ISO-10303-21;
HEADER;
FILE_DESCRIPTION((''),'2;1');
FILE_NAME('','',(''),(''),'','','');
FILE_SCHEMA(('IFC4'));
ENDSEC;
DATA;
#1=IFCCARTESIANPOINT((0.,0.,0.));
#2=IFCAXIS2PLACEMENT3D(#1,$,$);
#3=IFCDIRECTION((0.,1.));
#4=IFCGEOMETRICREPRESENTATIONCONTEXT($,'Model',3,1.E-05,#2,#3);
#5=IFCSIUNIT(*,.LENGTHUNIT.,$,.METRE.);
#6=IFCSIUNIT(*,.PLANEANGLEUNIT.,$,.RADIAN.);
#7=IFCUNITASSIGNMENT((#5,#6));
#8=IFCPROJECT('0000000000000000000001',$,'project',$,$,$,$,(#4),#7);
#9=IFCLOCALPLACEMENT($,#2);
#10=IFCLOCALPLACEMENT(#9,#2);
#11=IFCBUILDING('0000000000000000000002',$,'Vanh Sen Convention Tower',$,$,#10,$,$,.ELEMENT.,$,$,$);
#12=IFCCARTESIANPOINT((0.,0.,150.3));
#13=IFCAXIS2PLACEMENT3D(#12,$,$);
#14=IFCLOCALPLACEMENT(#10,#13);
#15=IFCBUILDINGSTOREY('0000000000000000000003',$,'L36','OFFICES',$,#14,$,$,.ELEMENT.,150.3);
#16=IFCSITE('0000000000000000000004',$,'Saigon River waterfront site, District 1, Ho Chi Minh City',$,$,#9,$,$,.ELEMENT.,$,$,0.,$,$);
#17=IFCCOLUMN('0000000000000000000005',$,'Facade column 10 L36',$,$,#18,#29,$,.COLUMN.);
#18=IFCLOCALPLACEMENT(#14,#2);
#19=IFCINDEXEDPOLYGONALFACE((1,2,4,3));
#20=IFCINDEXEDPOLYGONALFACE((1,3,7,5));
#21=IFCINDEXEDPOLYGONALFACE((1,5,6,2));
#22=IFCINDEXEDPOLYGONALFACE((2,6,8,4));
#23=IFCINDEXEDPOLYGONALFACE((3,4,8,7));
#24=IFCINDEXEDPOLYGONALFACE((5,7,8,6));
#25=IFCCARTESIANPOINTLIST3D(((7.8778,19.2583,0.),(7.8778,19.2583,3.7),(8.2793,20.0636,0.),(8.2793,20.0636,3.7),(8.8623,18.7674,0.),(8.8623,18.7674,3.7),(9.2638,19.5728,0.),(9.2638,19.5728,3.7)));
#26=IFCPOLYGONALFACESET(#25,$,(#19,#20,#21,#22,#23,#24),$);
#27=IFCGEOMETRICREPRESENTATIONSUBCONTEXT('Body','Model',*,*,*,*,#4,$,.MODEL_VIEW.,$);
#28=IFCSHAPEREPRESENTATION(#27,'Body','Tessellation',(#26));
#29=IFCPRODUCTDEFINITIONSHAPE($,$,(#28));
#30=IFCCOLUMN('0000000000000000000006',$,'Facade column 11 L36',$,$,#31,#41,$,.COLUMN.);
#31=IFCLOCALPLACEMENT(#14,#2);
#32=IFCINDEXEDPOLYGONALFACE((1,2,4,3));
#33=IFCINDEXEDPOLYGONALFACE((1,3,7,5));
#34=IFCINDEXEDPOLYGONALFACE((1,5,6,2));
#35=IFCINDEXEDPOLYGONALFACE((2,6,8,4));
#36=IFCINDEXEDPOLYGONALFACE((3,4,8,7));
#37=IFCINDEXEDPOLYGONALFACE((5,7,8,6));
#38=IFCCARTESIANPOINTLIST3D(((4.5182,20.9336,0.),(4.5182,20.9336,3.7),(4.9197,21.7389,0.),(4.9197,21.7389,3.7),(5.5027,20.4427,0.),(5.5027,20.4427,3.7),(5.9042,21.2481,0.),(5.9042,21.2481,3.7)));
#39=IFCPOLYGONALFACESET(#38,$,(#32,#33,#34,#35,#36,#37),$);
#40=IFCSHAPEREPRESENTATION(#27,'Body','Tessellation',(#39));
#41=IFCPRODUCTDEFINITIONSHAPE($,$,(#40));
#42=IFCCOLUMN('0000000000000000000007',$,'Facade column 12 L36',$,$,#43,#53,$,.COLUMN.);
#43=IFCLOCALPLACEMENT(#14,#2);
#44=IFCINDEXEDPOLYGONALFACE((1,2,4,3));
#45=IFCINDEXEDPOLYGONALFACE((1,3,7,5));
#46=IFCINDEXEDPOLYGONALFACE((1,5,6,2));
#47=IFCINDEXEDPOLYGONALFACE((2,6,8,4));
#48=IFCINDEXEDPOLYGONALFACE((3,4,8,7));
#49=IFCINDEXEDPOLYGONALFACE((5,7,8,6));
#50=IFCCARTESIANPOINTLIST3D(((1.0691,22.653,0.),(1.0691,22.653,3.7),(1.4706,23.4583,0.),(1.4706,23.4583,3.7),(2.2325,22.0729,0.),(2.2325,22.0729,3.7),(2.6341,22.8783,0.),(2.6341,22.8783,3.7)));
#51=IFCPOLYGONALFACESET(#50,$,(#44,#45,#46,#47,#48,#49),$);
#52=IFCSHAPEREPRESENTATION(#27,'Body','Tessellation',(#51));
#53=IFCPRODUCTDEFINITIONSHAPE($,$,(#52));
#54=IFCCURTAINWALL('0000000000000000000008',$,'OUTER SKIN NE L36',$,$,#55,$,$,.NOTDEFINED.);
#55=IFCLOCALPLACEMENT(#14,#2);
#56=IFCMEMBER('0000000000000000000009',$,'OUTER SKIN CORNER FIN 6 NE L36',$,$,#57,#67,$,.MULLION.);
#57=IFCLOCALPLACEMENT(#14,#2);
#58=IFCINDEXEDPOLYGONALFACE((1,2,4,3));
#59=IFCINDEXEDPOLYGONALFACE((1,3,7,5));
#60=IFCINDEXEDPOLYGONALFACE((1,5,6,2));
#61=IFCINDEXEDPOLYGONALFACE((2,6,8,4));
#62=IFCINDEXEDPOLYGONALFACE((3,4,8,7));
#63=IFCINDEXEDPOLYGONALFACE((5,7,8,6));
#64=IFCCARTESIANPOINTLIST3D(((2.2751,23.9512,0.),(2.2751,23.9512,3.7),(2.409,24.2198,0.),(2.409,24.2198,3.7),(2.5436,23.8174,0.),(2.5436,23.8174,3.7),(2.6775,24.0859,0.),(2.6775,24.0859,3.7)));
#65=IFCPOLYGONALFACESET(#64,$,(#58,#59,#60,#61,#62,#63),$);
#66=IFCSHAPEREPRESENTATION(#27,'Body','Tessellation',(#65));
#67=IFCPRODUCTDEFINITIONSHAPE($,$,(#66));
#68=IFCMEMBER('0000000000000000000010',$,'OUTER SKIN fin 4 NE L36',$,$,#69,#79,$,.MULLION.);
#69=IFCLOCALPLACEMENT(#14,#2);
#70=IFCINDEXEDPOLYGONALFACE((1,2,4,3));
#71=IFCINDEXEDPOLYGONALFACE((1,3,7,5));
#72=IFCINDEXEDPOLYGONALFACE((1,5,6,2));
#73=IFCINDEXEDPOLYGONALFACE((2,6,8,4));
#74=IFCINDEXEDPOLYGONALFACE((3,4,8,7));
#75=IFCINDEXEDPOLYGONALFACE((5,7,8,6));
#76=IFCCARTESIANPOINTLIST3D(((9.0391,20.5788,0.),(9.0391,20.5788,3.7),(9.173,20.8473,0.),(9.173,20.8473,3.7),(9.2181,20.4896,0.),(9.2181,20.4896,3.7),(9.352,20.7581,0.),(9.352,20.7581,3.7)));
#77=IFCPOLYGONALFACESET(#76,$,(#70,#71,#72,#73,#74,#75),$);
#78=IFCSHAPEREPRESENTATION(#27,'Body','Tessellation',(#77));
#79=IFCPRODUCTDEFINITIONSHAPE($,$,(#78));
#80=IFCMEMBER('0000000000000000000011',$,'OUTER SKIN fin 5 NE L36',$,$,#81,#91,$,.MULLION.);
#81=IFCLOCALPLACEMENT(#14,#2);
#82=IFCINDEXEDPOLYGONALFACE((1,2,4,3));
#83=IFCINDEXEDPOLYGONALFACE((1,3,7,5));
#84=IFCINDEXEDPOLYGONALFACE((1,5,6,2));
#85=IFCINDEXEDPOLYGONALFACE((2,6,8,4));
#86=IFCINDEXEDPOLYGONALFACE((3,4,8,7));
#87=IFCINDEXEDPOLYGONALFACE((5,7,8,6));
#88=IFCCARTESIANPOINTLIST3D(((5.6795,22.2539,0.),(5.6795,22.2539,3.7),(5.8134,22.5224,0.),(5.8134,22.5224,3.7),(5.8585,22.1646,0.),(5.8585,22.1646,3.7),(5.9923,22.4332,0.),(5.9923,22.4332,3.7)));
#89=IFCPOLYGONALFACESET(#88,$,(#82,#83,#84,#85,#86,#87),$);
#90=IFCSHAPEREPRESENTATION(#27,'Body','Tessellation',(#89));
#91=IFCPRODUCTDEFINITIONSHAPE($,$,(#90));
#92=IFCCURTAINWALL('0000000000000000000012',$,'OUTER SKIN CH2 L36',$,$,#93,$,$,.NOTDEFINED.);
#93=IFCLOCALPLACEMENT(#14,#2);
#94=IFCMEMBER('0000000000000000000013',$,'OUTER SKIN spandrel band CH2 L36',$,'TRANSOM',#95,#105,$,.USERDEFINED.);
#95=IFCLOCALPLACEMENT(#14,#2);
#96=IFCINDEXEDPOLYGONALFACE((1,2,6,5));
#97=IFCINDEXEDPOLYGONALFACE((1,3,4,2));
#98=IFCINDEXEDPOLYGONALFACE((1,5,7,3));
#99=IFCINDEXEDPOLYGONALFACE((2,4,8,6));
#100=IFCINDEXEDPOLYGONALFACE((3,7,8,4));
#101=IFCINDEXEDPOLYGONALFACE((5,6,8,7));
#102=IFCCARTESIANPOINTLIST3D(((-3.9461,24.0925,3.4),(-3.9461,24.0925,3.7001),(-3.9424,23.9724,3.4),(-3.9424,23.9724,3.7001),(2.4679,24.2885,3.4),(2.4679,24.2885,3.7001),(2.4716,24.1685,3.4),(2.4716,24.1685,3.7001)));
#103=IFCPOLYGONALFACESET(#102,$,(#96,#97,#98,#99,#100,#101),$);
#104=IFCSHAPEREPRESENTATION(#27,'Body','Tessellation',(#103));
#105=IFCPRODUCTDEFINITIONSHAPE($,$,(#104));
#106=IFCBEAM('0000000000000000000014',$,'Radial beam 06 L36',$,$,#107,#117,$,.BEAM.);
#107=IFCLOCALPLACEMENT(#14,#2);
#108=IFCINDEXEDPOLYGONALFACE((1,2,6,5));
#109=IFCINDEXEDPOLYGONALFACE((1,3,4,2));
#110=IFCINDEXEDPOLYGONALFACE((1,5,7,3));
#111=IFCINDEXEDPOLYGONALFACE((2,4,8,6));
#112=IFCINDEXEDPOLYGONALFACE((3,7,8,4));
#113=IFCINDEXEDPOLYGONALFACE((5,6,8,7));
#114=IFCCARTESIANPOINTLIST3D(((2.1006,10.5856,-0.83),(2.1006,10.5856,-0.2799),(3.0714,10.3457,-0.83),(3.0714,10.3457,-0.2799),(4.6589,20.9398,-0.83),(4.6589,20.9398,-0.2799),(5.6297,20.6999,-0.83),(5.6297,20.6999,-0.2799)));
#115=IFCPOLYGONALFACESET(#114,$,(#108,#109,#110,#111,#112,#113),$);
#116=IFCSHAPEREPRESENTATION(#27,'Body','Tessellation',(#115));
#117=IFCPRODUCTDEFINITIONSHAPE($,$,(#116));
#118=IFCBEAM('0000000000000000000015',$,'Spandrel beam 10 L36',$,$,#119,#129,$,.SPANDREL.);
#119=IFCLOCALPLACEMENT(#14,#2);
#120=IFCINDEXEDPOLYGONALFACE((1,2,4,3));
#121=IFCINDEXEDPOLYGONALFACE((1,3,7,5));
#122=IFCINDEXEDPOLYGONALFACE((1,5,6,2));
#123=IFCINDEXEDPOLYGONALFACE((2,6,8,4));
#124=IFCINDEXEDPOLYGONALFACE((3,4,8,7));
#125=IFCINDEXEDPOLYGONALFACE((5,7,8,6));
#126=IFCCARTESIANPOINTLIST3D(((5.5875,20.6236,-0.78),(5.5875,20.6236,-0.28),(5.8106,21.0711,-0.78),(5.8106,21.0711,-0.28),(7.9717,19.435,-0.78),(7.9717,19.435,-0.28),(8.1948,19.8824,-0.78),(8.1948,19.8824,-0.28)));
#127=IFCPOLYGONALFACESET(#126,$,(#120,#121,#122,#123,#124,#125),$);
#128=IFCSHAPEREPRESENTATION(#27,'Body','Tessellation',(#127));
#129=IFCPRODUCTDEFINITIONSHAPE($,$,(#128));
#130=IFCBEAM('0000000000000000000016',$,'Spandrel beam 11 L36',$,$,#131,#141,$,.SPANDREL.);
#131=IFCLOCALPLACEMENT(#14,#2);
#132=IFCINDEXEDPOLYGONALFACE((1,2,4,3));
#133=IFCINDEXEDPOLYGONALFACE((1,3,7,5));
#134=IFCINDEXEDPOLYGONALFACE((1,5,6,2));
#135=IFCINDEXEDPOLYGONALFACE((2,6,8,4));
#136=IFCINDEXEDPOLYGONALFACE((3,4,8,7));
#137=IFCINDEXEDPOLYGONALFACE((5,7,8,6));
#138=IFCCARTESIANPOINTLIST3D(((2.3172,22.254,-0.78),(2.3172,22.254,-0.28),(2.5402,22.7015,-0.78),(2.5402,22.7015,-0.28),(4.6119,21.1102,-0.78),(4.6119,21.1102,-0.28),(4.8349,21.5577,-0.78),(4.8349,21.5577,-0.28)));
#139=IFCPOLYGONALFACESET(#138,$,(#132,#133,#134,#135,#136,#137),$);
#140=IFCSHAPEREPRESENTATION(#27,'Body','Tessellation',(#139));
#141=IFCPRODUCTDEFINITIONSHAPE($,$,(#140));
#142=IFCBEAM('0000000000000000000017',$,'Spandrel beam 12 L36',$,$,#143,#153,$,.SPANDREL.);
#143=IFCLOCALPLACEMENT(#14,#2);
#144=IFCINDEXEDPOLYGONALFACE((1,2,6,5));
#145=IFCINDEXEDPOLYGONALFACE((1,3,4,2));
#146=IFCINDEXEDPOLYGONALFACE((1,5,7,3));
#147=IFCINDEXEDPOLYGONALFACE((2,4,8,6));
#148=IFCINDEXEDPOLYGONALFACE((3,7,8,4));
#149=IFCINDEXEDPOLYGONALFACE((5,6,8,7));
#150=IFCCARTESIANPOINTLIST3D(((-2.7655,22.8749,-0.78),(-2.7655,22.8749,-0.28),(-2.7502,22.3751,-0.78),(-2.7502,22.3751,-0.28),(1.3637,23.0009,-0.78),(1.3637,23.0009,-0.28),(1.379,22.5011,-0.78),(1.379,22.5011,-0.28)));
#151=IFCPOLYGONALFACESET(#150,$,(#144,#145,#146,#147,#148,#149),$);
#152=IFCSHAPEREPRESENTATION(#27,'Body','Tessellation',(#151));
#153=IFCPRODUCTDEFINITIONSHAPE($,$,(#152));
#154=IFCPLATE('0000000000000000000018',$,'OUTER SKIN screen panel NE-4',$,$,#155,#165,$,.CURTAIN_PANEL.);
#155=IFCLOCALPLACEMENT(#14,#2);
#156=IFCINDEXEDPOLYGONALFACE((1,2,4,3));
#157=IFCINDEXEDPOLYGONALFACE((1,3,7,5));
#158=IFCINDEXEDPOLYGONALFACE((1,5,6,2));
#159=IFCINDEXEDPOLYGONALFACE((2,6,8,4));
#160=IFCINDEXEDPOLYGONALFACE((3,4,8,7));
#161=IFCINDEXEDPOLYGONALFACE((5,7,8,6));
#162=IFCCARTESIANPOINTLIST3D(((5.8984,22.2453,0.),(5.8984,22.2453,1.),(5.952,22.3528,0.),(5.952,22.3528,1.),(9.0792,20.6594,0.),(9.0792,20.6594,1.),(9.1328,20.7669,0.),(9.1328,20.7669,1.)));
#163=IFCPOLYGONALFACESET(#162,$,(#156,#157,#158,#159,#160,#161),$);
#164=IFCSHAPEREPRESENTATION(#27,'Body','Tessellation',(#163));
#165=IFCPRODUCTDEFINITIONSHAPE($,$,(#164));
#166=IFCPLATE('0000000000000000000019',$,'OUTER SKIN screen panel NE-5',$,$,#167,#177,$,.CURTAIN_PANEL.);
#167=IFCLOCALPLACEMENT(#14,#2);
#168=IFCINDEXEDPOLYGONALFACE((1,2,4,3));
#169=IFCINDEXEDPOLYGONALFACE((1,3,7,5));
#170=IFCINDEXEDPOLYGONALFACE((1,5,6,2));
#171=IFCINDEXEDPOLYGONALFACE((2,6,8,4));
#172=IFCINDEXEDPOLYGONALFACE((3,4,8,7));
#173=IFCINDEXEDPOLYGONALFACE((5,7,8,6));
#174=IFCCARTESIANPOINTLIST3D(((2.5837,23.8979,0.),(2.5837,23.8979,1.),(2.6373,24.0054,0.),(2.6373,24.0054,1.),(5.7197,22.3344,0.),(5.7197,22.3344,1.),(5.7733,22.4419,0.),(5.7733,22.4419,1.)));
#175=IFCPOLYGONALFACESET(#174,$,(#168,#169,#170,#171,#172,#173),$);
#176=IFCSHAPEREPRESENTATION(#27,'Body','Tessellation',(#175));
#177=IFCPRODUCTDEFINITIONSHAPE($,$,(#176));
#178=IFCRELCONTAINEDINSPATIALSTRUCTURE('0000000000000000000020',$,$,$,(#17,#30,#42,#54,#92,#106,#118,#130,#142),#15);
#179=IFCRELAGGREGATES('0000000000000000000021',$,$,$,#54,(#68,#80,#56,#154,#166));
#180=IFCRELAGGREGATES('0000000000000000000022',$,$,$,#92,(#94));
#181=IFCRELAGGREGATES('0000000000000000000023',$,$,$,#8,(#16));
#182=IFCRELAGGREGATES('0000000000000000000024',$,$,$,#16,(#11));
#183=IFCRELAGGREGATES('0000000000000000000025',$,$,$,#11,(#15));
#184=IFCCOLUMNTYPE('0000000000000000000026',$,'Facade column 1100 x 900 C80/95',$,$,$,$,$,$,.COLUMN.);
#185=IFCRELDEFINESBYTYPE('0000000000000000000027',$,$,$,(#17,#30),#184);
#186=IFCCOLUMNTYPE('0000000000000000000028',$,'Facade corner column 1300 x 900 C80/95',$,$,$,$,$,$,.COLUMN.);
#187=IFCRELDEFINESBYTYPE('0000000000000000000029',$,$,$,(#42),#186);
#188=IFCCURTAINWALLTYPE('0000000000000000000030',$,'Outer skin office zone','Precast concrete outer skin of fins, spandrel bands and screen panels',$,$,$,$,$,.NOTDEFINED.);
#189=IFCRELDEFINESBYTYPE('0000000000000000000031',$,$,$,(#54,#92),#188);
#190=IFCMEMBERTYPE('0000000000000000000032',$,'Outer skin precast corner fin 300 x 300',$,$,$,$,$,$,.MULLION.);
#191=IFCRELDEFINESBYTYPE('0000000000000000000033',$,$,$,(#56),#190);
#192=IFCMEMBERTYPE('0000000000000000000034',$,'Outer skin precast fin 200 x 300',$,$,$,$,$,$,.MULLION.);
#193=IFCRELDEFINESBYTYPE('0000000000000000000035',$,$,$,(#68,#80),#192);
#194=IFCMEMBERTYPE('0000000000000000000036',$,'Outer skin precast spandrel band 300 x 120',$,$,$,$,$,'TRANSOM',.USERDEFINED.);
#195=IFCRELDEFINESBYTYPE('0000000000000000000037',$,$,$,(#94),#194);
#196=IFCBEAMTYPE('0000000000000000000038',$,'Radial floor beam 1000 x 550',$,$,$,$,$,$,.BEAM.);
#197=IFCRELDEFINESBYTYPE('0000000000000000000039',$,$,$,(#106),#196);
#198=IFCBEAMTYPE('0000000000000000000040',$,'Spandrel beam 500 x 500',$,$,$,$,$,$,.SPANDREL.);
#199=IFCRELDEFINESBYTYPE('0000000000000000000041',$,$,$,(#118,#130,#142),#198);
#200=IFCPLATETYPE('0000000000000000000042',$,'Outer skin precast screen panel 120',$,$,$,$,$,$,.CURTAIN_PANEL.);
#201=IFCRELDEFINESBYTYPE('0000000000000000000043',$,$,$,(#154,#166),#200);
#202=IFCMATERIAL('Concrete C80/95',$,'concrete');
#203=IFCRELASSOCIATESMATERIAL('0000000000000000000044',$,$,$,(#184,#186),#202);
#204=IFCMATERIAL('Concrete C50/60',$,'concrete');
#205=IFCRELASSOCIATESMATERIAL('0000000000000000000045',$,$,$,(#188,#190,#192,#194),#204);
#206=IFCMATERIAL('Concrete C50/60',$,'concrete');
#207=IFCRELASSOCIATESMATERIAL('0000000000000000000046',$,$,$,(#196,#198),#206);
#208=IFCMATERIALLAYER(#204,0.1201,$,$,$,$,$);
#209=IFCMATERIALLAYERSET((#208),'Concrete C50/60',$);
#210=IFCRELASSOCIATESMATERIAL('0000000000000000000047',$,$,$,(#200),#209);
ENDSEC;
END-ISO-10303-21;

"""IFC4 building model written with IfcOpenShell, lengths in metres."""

from ifc_helpers import new_model, si_unit, direction, frame, origin, origin_2d, place, context, subcontext, project, spatial, rectangle, extrude, material, layer, layer_set, material_profile, profile_set, type_object, element, aggregate, save


model = new_model("IFC4")

# Units and contexts
model_context = context("Model", 3, precision=1e-05, world=origin(), true_north=direction((0.0, 1.0)))
body_context = subcontext(model_context, "Body", "Model", "MODEL_VIEW")
ifc_project = project(units=[si_unit("LENGTHUNIT", "METRE"), si_unit("PLANEANGLEUNIT", "RADIAN")], contexts=[model_context])

# Site, building, storey
site_placement = place(None, origin())
site = spatial("IfcSite", under=ifc_project, at=site_placement, Name="Saigon River waterfront site, District 1, Ho Chi Minh City", CompositionType="ELEMENT", RefElevation=0.0)
building_placement = place(site_placement, origin())
building = spatial("IfcBuilding", under=site, at=building_placement, Name="Vanh Sen Convention Tower", CompositionType="ELEMENT")
storey_placement = place(building_placement, frame((0.0, 0.0, 150.3)))
storey = spatial("IfcBuildingStorey", under=building, at=storey_placement, Name="L36", Description="OFFICES", CompositionType="ELEMENT", Elevation=150.3)

# Columns
ifc_material_1 = material(Name="Concrete C80/95", Category="concrete")
ifc_material_profile_1 = material_profile(ifc_material_1, rectangle(XDim=1.1001, YDim=0.8999, at=origin_2d()), Name="RC 1100X900")
ifc_profile_set_1 = profile_set([ifc_material_profile_1], Name="Concrete C80/95")
column_type_1 = type_object("IfcColumnType", Name="Facade column 1100 x 900 C80/95", PredefinedType="COLUMN", material=ifc_profile_set_1)
for number, where, z_axis, x_axis, name in (
    (1, (8.5708, 19.4155, 0.0), (0.0, 0.0, 1.0), (-0.894934, 0.446198, 0.0), "Facade column 10 L36"),
    (2, (5.2112, 21.0908, 0.0), (0.0, 0.0, 1.0), (-0.894934, 0.446198, 0.0), "Facade column 11 L36"),
):
    element("IfcColumn", number, at=place(storey_placement, frame(where, z_axis=z_axis, x_axis=x_axis)), inside=storey, type_object=column_type_1, Name=name, PredefinedType="COLUMN", context=body_context, shape_type="SweptSolid", body=[
        extrude(rectangle(XDim=1.1001, YDim=0.8999, at=origin_2d()), origin(), (0.0, 0.0, 1.0), 3.7),
    ])
ifc_material_profile_2 = material_profile(ifc_material_1, rectangle(XDim=1.3, YDim=0.8999, at=origin_2d()), Name="RC 1300X900")
ifc_profile_set_2 = profile_set([ifc_material_profile_2], Name="Concrete C80/95")
column_type_2 = type_object("IfcColumnType", Name="Facade corner column 1300 x 900 C80/95", PredefinedType="COLUMN", material=ifc_profile_set_2)
column_placement = place(storey_placement, frame((1.8516, 22.7656, 0.0), z_axis=(0.0, 0.0, 1.0), x_axis=(-0.894934, 0.446198, 0.0)))
element("IfcColumn", 3, at=column_placement, inside=storey, type_object=column_type_2, Name="Facade column 12 L36", PredefinedType="COLUMN", context=body_context, shape_type="SweptSolid", body=[
    extrude(rectangle(XDim=1.3, YDim=0.8999, at=origin_2d()), origin(), (0.0, 0.0, 1.0), 3.7),
])

# Curtain wall, members
ifc_material_2 = material(Name="Concrete C50/60", Category="concrete")
curtain_wall_type = type_object("IfcCurtainWallType", Name="Outer skin office zone", Description="Precast concrete outer skin of fins, spandrel bands and screen panels", PredefinedType="NOTDEFINED", material=ifc_material_2)
curtain_wall_1_placement = place(storey_placement, origin())
curtain_wall_1 = element("IfcCurtainWall", 4, at=curtain_wall_1_placement, inside=storey, type_object=curtain_wall_type, Name="OUTER SKIN NE L36", PredefinedType="NOTDEFINED")
ifc_material_profile_3 = material_profile(ifc_material_2, rectangle(XDim=0.3, YDim=0.3, at=origin_2d()), Name="Outer skin precast corner fin 300 x 300")
ifc_profile_set_3 = profile_set([ifc_material_profile_3], Name="Concrete C50/60")
member_type_1 = type_object("IfcMemberType", Name="Outer skin precast corner fin 300 x 300", PredefinedType="MULLION", material=ifc_profile_set_3)
member_1_placement = place(storey_placement, frame((2.4763, 24.0186, 0.0), z_axis=(0.0, 0.0, 1.0), x_axis=(-0.894934, 0.446198, 0.0)))
member_1 = element("IfcMember", 5, at=member_1_placement, type_object=member_type_1, Name="OUTER SKIN CORNER FIN 6 NE L36", PredefinedType="MULLION", context=body_context, shape_type="SweptSolid", body=[
    extrude(rectangle(XDim=0.3, YDim=0.3, at=origin_2d()), origin(), (0.0, 0.0, 1.0), 3.7),
])
ifc_material_profile_4 = material_profile(ifc_material_2, rectangle(XDim=0.2, YDim=0.3, at=origin_2d()), Name="Outer skin precast fin 200 x 300")
ifc_profile_set_4 = profile_set([ifc_material_profile_4], Name="Concrete C50/60")
member_type_2 = type_object("IfcMemberType", Name="Outer skin precast fin 200 x 300", PredefinedType="MULLION", material=ifc_profile_set_4)
member_2_placement = place(storey_placement, frame((9.1956, 20.6685, 0.0), z_axis=(0.0, 0.0, 1.0), x_axis=(-0.894934, 0.446198, 0.0)))
member_2 = element("IfcMember", 6, at=member_2_placement, type_object=member_type_2, Name="OUTER SKIN fin 4 NE L36", PredefinedType="MULLION", context=body_context, shape_type="SweptSolid", body=[
    extrude(rectangle(XDim=0.2, YDim=0.3, at=origin_2d()), origin(), (0.0, 0.0, 1.0), 3.7),
])
member_3_placement = place(storey_placement, frame((5.8359, 22.3435, 0.0), z_axis=(0.0, 0.0, 1.0), x_axis=(-0.894934, 0.446198, 0.0)))
member_3 = element("IfcMember", 7, at=member_3_placement, type_object=member_type_2, Name="OUTER SKIN fin 5 NE L36", PredefinedType="MULLION", context=body_context, shape_type="SweptSolid", body=[
    extrude(rectangle(XDim=0.2, YDim=0.3, at=origin_2d()), origin(), (0.0, 0.0, 1.0), 3.7),
])

# Curtain wall, member
curtain_wall_2_placement = place(storey_placement, origin())
curtain_wall_2 = element("IfcCurtainWall", 8, at=curtain_wall_2_placement, inside=storey, type_object=curtain_wall_type, Name="OUTER SKIN CH2 L36", PredefinedType="NOTDEFINED")
ifc_material_profile_5 = material_profile(ifc_material_2, rectangle(XDim=0.1201, YDim=0.3, at=origin_2d()), Name="Outer skin precast spandrel band 300 x 120")
ifc_profile_set_5 = profile_set([ifc_material_profile_5], Name="Concrete C50/60")
member_type_3 = type_object("IfcMemberType", Name="Outer skin precast spandrel band 300 x 120", ElementType="TRANSOM", PredefinedType="USERDEFINED", material=ifc_profile_set_5)
member_4_placement = place(storey_placement, frame((2.4697, 24.2285, 3.55), z_axis=(-0.999533, -0.030551, 0.0), x_axis=(0.030551, -0.999533, 0.0)))
member_4 = element("IfcMember", 9, at=member_4_placement, type_object=member_type_3, Name="OUTER SKIN spandrel band CH2 L36", ObjectType="TRANSOM", PredefinedType="USERDEFINED", context=body_context, shape_type="SweptSolid", body=[
    extrude(rectangle(XDim=0.1201, YDim=0.3, at=origin_2d()), origin(), (0.0, 0.0, 1.0), 6.417),
])

# Beams
ifc_material_3 = material(Name="Concrete C50/60", Category="concrete")
ifc_material_profile_6 = material_profile(ifc_material_3, rectangle(XDim=1.0, YDim=0.55, at=origin_2d()), Name="RC 1000X550")
ifc_profile_set_6 = profile_set([ifc_material_profile_6], Name="Concrete C50/60")
beam_type_1 = type_object("IfcBeamType", Name="Radial floor beam 1000 x 550", PredefinedType="BEAM", material=ifc_profile_set_6)
beam_1_placement = place(storey_placement, frame((5.1443, 20.8198, -0.5549), z_axis=(-0.239869, -0.970805, 0.0), x_axis=(0.970805, -0.239869, 0.0)))
element("IfcBeam", 10, at=beam_1_placement, inside=storey, type_object=beam_type_1, Name="Radial beam 06 L36", PredefinedType="BEAM", context=body_context, shape_type="SweptSolid", body=[
    extrude(rectangle(XDim=1.0, YDim=0.55, at=origin_2d()), origin(), (0.0, 0.0, 1.0), 10.6655),
])
ifc_material_profile_7 = material_profile(ifc_material_3, rectangle(XDim=0.5, YDim=0.5, at=origin_2d()), Name="RC 500X500")
ifc_profile_set_7 = profile_set([ifc_material_profile_7], Name="Concrete C50/60")
beam_type_2 = type_object("IfcBeamType", Name="Spandrel beam 500 x 500", PredefinedType="SPANDREL", material=ifc_profile_set_7)
beam_2_placement = place(storey_placement, frame((8.0833, 19.6587, -0.53), z_axis=(-0.89494, 0.446187, 0.0), x_axis=(-0.446187, -0.89494, 0.0)))
element("IfcBeam", 11, at=beam_2_placement, inside=storey, type_object=beam_type_2, Name="Spandrel beam 10 L36", PredefinedType="SPANDREL", context=body_context, shape_type="SweptSolid", body=[
    extrude(rectangle(XDim=0.5, YDim=0.5, at=origin_2d()), origin(), (0.0, 0.0, 1.0), 2.6641),
])
beam_3_placement = place(storey_placement, frame((4.7234, 21.334, -0.53), z_axis=(-0.894979, 0.446109, 0.0), x_axis=(-0.446109, -0.894979, 0.0)))
element("IfcBeam", 12, at=beam_3_placement, inside=storey, type_object=beam_type_2, Name="Spandrel beam 11 L36", PredefinedType="SPANDREL", context=body_context, shape_type="SweptSolid", body=[
    extrude(rectangle(XDim=0.5, YDim=0.5, at=origin_2d()), origin(), (0.0, 0.0, 1.0), 2.564),
])
beam_4_placement = place(storey_placement, frame((1.3713, 22.751, -0.53), z_axis=(-0.999535, -0.030495, 0.0), x_axis=(0.030495, -0.999535, 0.0)))
element("IfcBeam", 13, at=beam_4_placement, inside=storey, type_object=beam_type_2, Name="Spandrel beam 12 L36", PredefinedType="SPANDREL", context=body_context, shape_type="SweptSolid", body=[
    extrude(rectangle(XDim=0.5, YDim=0.5, at=origin_2d()), origin(), (0.0, 0.0, 1.0), 4.1311),
])

# Plates
ifc_layer_1 = layer(ifc_material_2, 0.1201)
ifc_layer_set_1 = layer_set([ifc_layer_1], Name="Concrete C50/60")
plate_type = type_object("IfcPlateType", Name="Outer skin precast screen panel 120", PredefinedType="CURTAIN_PANEL", material=ifc_layer_set_1)
plate_1_placement = place(storey_placement, frame((7.5156, 21.5061, 0.0), z_axis=(0.0, 0.0, 1.0), x_axis=(-0.894933, 0.446201, 0.0)))
plate_1 = element("IfcPlate", 14, at=plate_1_placement, type_object=plate_type, Name="OUTER SKIN screen panel NE-4", PredefinedType="CURTAIN_PANEL", context=body_context, shape_type="SweptSolid", body=[
    extrude(rectangle(XDim=3.5542, YDim=0.1201, at=origin_2d()), origin(), (0.0, 0.0, 1.0), 1.0),
])
plate_2_placement = place(storey_placement, frame((4.1785, 23.1699, 0.0), z_axis=(0.0, 0.0, 1.0), x_axis=(-0.894944, 0.446179, 0.0)))
plate_2 = element("IfcPlate", 15, at=plate_2_placement, type_object=plate_type, Name="OUTER SKIN screen panel NE-5", PredefinedType="CURTAIN_PANEL", context=body_context, shape_type="SweptSolid", body=[
    extrude(rectangle(XDim=3.5042, YDim=0.1201, at=origin_2d()), origin(), (0.0, 0.0, 1.0), 1.0),
])
aggregate(curtain_wall_1, [member_2, member_3, member_1, plate_1, plate_2])
aggregate(curtain_wall_2, [member_4])

save(model, "model.ifc")
